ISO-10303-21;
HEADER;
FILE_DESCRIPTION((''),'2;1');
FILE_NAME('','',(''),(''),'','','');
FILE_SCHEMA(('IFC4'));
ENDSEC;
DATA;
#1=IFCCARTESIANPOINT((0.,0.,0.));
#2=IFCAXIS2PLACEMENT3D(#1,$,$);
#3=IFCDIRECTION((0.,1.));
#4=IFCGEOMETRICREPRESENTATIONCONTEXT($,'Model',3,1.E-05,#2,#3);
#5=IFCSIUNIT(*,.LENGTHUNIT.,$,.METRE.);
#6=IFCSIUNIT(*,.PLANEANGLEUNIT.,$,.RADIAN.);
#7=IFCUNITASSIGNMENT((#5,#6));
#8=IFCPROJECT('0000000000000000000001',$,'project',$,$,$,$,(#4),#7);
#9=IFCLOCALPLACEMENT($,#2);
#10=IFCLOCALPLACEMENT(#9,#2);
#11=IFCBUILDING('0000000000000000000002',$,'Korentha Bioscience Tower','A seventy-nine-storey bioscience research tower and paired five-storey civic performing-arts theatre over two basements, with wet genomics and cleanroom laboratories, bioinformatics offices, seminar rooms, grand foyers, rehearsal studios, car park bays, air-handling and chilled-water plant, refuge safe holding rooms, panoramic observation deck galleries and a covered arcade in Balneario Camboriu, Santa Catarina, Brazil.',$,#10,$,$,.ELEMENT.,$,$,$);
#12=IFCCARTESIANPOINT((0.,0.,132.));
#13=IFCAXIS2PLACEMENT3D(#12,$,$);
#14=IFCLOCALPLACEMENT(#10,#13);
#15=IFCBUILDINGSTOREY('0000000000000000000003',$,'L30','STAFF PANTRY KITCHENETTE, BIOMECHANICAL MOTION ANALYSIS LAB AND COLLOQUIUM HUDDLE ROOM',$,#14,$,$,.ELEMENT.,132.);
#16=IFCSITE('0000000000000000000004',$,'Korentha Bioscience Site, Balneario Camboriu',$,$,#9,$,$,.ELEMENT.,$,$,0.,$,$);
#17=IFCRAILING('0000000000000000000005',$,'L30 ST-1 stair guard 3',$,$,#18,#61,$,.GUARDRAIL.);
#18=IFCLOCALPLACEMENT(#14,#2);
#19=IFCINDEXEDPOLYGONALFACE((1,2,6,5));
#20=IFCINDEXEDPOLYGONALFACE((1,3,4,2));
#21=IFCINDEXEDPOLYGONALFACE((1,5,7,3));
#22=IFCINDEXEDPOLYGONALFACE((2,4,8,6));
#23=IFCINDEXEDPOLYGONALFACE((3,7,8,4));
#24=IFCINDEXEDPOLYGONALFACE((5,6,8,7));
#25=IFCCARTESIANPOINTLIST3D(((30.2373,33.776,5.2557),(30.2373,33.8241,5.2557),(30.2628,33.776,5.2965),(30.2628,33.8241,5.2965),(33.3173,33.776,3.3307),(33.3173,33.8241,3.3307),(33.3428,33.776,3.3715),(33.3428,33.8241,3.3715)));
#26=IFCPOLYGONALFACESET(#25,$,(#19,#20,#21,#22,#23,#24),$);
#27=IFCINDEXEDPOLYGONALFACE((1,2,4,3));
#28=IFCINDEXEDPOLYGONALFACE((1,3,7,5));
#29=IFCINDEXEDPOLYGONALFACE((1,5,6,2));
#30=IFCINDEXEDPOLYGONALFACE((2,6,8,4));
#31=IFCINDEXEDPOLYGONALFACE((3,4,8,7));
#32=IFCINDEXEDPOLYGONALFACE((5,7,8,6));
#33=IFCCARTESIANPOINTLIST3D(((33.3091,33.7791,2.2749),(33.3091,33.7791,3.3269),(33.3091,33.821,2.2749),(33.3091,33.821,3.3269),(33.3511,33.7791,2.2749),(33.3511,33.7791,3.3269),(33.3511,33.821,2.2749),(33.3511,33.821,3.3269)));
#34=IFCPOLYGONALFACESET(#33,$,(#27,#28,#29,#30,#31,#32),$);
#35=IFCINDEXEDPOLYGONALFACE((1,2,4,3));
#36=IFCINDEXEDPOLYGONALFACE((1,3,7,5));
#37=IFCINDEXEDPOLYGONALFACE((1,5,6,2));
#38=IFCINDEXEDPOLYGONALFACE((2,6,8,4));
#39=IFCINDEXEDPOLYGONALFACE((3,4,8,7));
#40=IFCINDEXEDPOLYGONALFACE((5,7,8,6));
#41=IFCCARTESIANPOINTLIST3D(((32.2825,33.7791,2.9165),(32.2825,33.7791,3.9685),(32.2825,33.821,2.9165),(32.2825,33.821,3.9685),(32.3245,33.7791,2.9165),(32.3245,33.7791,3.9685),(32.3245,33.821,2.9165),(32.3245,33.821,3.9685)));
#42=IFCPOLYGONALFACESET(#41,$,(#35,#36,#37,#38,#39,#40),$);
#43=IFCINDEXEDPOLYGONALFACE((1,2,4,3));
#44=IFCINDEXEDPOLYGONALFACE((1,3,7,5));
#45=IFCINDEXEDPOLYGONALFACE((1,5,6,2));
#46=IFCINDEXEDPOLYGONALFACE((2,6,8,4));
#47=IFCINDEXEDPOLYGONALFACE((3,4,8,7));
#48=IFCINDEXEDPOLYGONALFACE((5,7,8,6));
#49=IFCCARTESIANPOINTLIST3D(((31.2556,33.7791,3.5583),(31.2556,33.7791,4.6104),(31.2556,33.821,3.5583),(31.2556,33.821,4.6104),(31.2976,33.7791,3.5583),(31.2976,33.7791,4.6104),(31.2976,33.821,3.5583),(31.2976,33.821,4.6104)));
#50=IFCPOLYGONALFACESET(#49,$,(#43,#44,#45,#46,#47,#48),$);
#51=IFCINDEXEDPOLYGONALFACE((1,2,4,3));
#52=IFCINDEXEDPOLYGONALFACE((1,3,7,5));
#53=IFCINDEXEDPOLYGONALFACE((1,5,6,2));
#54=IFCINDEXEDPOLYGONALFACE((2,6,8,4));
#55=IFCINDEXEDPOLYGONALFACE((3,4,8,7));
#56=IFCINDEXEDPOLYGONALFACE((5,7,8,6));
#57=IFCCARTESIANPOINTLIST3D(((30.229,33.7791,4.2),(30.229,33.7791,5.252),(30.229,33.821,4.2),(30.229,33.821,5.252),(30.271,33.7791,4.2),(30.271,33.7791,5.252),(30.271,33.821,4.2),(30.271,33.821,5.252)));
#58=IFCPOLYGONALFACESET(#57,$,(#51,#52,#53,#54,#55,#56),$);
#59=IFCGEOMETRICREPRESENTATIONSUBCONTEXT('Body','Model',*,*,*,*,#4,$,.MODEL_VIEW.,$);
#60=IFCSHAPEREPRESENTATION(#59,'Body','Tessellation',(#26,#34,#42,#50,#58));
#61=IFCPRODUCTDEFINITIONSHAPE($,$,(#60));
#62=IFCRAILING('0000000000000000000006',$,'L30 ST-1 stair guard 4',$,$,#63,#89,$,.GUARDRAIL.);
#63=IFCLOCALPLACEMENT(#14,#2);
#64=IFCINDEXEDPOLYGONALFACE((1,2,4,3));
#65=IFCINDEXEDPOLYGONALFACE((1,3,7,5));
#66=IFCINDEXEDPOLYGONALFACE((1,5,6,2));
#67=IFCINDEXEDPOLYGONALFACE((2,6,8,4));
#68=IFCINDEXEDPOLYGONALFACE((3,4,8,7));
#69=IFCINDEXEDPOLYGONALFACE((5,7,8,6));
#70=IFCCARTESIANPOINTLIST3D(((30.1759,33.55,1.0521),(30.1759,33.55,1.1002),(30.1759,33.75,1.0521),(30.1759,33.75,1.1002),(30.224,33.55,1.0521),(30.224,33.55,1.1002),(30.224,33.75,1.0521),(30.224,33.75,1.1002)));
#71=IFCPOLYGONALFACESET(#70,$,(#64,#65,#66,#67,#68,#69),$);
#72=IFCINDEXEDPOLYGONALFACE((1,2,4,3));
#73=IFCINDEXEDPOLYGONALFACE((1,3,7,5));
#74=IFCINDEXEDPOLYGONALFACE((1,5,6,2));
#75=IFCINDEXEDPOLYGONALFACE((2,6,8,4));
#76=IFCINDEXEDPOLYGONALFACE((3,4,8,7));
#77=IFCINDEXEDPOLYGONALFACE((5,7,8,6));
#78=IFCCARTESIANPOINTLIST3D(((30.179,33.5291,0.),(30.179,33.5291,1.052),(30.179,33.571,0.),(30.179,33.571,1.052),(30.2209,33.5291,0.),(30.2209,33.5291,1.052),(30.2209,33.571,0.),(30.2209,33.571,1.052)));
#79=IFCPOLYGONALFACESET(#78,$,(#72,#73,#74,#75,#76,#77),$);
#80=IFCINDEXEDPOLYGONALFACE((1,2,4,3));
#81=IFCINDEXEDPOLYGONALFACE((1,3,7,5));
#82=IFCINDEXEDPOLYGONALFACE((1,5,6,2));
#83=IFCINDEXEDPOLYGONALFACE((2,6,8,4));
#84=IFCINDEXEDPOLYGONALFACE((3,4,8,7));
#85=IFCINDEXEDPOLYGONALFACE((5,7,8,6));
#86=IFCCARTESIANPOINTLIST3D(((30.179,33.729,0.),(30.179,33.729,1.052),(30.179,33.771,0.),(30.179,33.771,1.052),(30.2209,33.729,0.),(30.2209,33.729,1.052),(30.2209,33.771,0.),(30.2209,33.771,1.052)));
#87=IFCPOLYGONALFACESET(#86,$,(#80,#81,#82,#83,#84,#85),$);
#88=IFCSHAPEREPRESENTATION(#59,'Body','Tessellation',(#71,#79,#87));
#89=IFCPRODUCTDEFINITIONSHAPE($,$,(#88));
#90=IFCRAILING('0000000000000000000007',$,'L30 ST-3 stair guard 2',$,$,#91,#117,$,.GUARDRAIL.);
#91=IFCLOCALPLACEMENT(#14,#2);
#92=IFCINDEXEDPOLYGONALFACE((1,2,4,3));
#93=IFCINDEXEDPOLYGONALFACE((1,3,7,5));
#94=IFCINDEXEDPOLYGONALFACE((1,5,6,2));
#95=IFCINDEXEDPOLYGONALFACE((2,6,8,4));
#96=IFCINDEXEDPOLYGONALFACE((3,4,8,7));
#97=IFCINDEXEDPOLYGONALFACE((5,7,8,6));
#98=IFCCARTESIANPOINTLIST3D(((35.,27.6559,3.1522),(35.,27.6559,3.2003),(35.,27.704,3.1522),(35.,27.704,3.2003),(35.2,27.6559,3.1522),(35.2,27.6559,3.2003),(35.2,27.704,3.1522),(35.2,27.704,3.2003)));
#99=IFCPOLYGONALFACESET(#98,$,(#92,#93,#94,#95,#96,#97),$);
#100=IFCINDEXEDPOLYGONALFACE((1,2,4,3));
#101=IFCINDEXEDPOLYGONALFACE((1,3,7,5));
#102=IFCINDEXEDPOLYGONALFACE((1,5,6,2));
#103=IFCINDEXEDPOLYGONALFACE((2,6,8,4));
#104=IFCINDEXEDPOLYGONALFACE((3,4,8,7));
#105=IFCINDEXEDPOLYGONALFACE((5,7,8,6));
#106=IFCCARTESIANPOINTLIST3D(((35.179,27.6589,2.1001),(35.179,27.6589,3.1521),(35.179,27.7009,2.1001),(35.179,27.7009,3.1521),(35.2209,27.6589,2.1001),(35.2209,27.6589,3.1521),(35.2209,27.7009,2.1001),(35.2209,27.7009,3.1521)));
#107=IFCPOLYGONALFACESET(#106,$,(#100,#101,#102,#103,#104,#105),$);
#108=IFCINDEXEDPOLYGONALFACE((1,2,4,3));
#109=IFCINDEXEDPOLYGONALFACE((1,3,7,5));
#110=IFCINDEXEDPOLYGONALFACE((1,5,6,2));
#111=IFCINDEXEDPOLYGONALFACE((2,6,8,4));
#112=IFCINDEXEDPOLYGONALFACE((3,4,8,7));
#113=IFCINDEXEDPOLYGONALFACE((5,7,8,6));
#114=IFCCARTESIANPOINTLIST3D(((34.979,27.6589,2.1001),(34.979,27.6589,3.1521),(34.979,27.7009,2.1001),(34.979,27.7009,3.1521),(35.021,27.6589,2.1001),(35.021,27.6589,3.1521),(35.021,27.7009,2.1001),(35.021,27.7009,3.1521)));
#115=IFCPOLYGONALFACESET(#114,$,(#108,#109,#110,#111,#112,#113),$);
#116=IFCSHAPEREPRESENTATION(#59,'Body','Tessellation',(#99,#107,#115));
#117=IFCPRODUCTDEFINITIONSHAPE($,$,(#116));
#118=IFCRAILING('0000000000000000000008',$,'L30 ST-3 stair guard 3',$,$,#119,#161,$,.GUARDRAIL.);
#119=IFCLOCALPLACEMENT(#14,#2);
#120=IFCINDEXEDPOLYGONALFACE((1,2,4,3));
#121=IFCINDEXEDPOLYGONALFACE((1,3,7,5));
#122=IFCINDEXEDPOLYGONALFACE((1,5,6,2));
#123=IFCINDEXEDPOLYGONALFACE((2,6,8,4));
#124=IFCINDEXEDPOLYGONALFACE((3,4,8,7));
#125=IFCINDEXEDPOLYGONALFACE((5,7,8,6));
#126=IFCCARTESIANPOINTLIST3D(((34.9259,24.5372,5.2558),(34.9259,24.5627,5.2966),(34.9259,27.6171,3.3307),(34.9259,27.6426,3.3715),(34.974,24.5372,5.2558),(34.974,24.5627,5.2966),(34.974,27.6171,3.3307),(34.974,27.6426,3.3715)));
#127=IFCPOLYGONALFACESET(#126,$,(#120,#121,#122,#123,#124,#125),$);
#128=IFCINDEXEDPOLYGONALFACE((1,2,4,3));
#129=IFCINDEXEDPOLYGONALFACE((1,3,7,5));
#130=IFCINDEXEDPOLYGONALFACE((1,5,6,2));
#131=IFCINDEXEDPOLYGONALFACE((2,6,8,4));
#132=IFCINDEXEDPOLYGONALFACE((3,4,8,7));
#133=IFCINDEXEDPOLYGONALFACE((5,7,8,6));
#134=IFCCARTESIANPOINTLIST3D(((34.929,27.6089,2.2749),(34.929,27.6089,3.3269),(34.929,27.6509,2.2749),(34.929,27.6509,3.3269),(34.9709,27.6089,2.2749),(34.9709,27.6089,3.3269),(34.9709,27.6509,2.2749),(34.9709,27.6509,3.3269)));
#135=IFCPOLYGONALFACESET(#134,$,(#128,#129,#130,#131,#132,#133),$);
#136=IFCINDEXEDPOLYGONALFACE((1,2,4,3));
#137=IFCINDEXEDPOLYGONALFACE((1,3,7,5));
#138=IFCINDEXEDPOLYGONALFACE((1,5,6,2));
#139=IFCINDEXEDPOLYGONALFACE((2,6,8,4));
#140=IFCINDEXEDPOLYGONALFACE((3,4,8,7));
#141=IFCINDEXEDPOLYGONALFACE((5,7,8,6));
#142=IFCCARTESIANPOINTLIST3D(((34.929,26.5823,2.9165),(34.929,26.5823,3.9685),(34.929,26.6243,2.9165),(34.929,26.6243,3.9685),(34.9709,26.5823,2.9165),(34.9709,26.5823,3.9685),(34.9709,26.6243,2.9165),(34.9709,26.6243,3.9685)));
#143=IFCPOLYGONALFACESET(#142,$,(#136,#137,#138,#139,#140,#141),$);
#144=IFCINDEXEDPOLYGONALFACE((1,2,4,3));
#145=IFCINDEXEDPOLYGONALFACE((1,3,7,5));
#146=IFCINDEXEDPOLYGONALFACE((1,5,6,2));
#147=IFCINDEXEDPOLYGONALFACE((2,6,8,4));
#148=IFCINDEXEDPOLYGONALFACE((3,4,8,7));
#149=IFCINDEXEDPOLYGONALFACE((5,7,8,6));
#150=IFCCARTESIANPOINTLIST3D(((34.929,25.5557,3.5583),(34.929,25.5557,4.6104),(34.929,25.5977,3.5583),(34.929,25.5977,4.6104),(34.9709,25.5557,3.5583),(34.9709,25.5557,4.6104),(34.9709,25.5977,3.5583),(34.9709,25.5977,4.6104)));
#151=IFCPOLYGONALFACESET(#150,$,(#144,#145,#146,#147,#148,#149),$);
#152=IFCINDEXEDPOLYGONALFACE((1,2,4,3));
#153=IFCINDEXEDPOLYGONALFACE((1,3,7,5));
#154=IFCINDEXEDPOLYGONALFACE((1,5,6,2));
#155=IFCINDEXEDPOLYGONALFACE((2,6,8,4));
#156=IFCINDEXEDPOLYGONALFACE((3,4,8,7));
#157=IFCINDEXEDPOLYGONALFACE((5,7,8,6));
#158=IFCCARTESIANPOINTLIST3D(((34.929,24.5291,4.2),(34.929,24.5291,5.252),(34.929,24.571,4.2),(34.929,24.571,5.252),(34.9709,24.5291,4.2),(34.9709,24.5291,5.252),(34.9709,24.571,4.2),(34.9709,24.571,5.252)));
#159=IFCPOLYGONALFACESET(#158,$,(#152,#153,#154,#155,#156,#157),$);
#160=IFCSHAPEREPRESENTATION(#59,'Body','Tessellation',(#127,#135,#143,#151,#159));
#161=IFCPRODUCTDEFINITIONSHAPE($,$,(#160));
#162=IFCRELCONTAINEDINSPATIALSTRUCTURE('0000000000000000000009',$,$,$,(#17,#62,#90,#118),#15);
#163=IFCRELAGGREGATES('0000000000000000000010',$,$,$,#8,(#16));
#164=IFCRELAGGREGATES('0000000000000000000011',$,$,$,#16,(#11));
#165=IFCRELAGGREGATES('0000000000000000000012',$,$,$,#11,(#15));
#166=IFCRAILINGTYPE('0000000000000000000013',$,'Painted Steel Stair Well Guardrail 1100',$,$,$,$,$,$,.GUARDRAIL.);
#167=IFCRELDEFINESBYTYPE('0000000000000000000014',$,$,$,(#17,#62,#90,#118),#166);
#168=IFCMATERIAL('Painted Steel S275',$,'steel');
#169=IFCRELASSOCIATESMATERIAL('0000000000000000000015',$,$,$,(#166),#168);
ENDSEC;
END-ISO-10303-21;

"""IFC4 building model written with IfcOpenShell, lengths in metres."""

from ifc_helpers import new_model, si_unit, direction, frame, origin, origin_2d, place, context, subcontext, project, spatial, rectangle, extrude, material, type_object, element, save


model = new_model("IFC4")

# Units and contexts
model_context = context("Model", 3, precision=1e-05, world=origin(), true_north=direction((0.0, 1.0)))
body_context = subcontext(model_context, "Body", "Model", "MODEL_VIEW")
ifc_project = project(units=[si_unit("LENGTHUNIT", "METRE"), si_unit("PLANEANGLEUNIT", "RADIAN")], contexts=[model_context])

# Site, building, storey
site_placement = place(None, origin())
site = spatial("IfcSite", under=ifc_project, at=site_placement, Name="Korentha Bioscience Site, Balneario Camboriu", CompositionType="ELEMENT", RefElevation=0.0)
building_placement = place(site_placement, origin())
building = spatial("IfcBuilding", under=site, at=building_placement, Name="Korentha Bioscience Tower", Description="A seventy-nine-storey bioscience research tower and paired five-storey civic performing-arts theatre over two basements, with wet genomics and cleanroom laboratories, bioinformatics offices, seminar rooms, grand foyers, rehearsal studios, car park bays, air-handling and chilled-water plant, refuge safe holding rooms, panoramic observation deck galleries and a covered arcade in Balneario Camboriu, Santa Catarina, Brazil.", CompositionType="ELEMENT")
storey_placement = place(building_placement, frame((0.0, 0.0, 132.0)))
storey = spatial("IfcBuildingStorey", under=building, at=storey_placement, Name="L30", Description="STAFF PANTRY KITCHENETTE, BIOMECHANICAL MOTION ANALYSIS LAB AND COLLOQUIUM HUDDLE ROOM", CompositionType="ELEMENT", Elevation=132.0)

# Railings
ifc_material_1 = material(Name="Painted Steel S275", Category="steel")
railing_type_1 = type_object("IfcRailingType", Name="Painted Steel Stair Well Guardrail 1100", PredefinedType="GUARDRAIL", material=ifc_material_1)
railing_1_placement = place(storey_placement, frame((33.3301, 33.8, 2.2749)))
element("IfcRailing", 1, at=railing_1_placement, inside=storey, type_object=railing_type_1, Name="L30 ST-1 stair guard 3", PredefinedType="GUARDRAIL", context=body_context, shape_type="SweptSolid", body=[
    extrude(rectangle(XDim=0.0481, YDim=0.0481, at=origin_2d()), frame((0.0, 0.0, 1.0762), z_axis=(-0.847998, 0.0, 0.529999), x_axis=(0.0, -1.0, 0.0)), (0.0, 0.0, 1.0), 3.6321),
    extrude(rectangle(XDim=0.042, YDim=0.042, at=origin_2d()), origin(), (0.0, 0.0, 1.0), 1.052),
    extrude(rectangle(XDim=0.042, YDim=0.042, at=origin_2d()), frame((-1.0266, 0.0, 0.6416)), (0.0, 0.0, 1.0), 1.052),
    extrude(rectangle(XDim=0.042, YDim=0.042, at=origin_2d()), frame((-2.0535, 0.0, 1.2834)), (0.0, 0.0, 1.0), 1.052),
    extrude(rectangle(XDim=0.042, YDim=0.042, at=origin_2d()), frame((-3.0801, 0.0, 1.925)), (0.0, 0.0, 1.0), 1.052),
])
railing_2_placement = place(storey_placement, frame((30.2, 33.55, 0.0)))
element("IfcRailing", 2, at=railing_2_placement, inside=storey, type_object=railing_type_1, Name="L30 ST-1 stair guard 4", PredefinedType="GUARDRAIL", context=body_context, shape_type="SweptSolid", body=[
    extrude(rectangle(XDim=0.0481, YDim=0.0481, at=origin_2d()), frame((0.0, 0.0, 1.0762), z_axis=(0.0, 1.0, 0.0), x_axis=(-1.0, 0.0, 0.0)), (0.0, 0.0, 1.0), 0.2),
    extrude(rectangle(XDim=0.042, YDim=0.042, at=origin_2d()), origin(), (0.0, 0.0, 1.0), 1.052),
    extrude(rectangle(XDim=0.042, YDim=0.042, at=origin_2d()), frame((0.0, 0.2, 0.0)), (0.0, 0.0, 1.0), 1.052),
])
railing_3_placement = place(storey_placement, frame((35.2, 27.6799, 2.1001)))
element("IfcRailing", 3, at=railing_3_placement, inside=storey, type_object=railing_type_1, Name="L30 ST-3 stair guard 2", PredefinedType="GUARDRAIL", context=body_context, shape_type="SweptSolid", body=[
    extrude(rectangle(XDim=0.0481, YDim=0.0481, at=origin_2d()), frame((0.0, 0.0, 1.0762), z_axis=(-1.0, 0.0, 0.0), x_axis=(0.0, -1.0, 0.0)), (0.0, 0.0, 1.0), 0.2),
    extrude(rectangle(XDim=0.042, YDim=0.042, at=origin_2d()), origin(), (0.0, 0.0, 1.0), 1.052),
    extrude(rectangle(XDim=0.042, YDim=0.042, at=origin_2d()), frame((-0.2, 0.0, 0.0)), (0.0, 0.0, 1.0), 1.052),
])
railing_4_placement = place(storey_placement, frame((34.95, 27.6299, 2.2749)))
element("IfcRailing", 4, at=railing_4_placement, inside=storey, type_object=railing_type_1, Name="L30 ST-3 stair guard 3", PredefinedType="GUARDRAIL", context=body_context, shape_type="SweptSolid", body=[
    extrude(rectangle(XDim=0.0481, YDim=0.0481, at=origin_2d()), frame((0.0, 0.0, 1.0762), z_axis=(0.0, -0.847979, 0.530029), x_axis=(1.0, 0.0, 0.0)), (0.0, 0.0, 1.0), 3.6321),
    extrude(rectangle(XDim=0.042, YDim=0.042, at=origin_2d()), origin(), (0.0, 0.0, 1.0), 1.052),
    extrude(rectangle(XDim=0.042, YDim=0.042, at=origin_2d()), frame((0.0, -1.0266, 0.6416)), (0.0, 0.0, 1.0), 1.052),
    extrude(rectangle(XDim=0.042, YDim=0.042, at=origin_2d()), frame((0.0, -2.0532, 1.2834)), (0.0, 0.0, 1.0), 1.052),
    extrude(rectangle(XDim=0.042, YDim=0.042, at=origin_2d()), frame((0.0, -3.0798, 1.925)), (0.0, 0.0, 1.0), 1.052),
])

save(model, "model.ifc")
